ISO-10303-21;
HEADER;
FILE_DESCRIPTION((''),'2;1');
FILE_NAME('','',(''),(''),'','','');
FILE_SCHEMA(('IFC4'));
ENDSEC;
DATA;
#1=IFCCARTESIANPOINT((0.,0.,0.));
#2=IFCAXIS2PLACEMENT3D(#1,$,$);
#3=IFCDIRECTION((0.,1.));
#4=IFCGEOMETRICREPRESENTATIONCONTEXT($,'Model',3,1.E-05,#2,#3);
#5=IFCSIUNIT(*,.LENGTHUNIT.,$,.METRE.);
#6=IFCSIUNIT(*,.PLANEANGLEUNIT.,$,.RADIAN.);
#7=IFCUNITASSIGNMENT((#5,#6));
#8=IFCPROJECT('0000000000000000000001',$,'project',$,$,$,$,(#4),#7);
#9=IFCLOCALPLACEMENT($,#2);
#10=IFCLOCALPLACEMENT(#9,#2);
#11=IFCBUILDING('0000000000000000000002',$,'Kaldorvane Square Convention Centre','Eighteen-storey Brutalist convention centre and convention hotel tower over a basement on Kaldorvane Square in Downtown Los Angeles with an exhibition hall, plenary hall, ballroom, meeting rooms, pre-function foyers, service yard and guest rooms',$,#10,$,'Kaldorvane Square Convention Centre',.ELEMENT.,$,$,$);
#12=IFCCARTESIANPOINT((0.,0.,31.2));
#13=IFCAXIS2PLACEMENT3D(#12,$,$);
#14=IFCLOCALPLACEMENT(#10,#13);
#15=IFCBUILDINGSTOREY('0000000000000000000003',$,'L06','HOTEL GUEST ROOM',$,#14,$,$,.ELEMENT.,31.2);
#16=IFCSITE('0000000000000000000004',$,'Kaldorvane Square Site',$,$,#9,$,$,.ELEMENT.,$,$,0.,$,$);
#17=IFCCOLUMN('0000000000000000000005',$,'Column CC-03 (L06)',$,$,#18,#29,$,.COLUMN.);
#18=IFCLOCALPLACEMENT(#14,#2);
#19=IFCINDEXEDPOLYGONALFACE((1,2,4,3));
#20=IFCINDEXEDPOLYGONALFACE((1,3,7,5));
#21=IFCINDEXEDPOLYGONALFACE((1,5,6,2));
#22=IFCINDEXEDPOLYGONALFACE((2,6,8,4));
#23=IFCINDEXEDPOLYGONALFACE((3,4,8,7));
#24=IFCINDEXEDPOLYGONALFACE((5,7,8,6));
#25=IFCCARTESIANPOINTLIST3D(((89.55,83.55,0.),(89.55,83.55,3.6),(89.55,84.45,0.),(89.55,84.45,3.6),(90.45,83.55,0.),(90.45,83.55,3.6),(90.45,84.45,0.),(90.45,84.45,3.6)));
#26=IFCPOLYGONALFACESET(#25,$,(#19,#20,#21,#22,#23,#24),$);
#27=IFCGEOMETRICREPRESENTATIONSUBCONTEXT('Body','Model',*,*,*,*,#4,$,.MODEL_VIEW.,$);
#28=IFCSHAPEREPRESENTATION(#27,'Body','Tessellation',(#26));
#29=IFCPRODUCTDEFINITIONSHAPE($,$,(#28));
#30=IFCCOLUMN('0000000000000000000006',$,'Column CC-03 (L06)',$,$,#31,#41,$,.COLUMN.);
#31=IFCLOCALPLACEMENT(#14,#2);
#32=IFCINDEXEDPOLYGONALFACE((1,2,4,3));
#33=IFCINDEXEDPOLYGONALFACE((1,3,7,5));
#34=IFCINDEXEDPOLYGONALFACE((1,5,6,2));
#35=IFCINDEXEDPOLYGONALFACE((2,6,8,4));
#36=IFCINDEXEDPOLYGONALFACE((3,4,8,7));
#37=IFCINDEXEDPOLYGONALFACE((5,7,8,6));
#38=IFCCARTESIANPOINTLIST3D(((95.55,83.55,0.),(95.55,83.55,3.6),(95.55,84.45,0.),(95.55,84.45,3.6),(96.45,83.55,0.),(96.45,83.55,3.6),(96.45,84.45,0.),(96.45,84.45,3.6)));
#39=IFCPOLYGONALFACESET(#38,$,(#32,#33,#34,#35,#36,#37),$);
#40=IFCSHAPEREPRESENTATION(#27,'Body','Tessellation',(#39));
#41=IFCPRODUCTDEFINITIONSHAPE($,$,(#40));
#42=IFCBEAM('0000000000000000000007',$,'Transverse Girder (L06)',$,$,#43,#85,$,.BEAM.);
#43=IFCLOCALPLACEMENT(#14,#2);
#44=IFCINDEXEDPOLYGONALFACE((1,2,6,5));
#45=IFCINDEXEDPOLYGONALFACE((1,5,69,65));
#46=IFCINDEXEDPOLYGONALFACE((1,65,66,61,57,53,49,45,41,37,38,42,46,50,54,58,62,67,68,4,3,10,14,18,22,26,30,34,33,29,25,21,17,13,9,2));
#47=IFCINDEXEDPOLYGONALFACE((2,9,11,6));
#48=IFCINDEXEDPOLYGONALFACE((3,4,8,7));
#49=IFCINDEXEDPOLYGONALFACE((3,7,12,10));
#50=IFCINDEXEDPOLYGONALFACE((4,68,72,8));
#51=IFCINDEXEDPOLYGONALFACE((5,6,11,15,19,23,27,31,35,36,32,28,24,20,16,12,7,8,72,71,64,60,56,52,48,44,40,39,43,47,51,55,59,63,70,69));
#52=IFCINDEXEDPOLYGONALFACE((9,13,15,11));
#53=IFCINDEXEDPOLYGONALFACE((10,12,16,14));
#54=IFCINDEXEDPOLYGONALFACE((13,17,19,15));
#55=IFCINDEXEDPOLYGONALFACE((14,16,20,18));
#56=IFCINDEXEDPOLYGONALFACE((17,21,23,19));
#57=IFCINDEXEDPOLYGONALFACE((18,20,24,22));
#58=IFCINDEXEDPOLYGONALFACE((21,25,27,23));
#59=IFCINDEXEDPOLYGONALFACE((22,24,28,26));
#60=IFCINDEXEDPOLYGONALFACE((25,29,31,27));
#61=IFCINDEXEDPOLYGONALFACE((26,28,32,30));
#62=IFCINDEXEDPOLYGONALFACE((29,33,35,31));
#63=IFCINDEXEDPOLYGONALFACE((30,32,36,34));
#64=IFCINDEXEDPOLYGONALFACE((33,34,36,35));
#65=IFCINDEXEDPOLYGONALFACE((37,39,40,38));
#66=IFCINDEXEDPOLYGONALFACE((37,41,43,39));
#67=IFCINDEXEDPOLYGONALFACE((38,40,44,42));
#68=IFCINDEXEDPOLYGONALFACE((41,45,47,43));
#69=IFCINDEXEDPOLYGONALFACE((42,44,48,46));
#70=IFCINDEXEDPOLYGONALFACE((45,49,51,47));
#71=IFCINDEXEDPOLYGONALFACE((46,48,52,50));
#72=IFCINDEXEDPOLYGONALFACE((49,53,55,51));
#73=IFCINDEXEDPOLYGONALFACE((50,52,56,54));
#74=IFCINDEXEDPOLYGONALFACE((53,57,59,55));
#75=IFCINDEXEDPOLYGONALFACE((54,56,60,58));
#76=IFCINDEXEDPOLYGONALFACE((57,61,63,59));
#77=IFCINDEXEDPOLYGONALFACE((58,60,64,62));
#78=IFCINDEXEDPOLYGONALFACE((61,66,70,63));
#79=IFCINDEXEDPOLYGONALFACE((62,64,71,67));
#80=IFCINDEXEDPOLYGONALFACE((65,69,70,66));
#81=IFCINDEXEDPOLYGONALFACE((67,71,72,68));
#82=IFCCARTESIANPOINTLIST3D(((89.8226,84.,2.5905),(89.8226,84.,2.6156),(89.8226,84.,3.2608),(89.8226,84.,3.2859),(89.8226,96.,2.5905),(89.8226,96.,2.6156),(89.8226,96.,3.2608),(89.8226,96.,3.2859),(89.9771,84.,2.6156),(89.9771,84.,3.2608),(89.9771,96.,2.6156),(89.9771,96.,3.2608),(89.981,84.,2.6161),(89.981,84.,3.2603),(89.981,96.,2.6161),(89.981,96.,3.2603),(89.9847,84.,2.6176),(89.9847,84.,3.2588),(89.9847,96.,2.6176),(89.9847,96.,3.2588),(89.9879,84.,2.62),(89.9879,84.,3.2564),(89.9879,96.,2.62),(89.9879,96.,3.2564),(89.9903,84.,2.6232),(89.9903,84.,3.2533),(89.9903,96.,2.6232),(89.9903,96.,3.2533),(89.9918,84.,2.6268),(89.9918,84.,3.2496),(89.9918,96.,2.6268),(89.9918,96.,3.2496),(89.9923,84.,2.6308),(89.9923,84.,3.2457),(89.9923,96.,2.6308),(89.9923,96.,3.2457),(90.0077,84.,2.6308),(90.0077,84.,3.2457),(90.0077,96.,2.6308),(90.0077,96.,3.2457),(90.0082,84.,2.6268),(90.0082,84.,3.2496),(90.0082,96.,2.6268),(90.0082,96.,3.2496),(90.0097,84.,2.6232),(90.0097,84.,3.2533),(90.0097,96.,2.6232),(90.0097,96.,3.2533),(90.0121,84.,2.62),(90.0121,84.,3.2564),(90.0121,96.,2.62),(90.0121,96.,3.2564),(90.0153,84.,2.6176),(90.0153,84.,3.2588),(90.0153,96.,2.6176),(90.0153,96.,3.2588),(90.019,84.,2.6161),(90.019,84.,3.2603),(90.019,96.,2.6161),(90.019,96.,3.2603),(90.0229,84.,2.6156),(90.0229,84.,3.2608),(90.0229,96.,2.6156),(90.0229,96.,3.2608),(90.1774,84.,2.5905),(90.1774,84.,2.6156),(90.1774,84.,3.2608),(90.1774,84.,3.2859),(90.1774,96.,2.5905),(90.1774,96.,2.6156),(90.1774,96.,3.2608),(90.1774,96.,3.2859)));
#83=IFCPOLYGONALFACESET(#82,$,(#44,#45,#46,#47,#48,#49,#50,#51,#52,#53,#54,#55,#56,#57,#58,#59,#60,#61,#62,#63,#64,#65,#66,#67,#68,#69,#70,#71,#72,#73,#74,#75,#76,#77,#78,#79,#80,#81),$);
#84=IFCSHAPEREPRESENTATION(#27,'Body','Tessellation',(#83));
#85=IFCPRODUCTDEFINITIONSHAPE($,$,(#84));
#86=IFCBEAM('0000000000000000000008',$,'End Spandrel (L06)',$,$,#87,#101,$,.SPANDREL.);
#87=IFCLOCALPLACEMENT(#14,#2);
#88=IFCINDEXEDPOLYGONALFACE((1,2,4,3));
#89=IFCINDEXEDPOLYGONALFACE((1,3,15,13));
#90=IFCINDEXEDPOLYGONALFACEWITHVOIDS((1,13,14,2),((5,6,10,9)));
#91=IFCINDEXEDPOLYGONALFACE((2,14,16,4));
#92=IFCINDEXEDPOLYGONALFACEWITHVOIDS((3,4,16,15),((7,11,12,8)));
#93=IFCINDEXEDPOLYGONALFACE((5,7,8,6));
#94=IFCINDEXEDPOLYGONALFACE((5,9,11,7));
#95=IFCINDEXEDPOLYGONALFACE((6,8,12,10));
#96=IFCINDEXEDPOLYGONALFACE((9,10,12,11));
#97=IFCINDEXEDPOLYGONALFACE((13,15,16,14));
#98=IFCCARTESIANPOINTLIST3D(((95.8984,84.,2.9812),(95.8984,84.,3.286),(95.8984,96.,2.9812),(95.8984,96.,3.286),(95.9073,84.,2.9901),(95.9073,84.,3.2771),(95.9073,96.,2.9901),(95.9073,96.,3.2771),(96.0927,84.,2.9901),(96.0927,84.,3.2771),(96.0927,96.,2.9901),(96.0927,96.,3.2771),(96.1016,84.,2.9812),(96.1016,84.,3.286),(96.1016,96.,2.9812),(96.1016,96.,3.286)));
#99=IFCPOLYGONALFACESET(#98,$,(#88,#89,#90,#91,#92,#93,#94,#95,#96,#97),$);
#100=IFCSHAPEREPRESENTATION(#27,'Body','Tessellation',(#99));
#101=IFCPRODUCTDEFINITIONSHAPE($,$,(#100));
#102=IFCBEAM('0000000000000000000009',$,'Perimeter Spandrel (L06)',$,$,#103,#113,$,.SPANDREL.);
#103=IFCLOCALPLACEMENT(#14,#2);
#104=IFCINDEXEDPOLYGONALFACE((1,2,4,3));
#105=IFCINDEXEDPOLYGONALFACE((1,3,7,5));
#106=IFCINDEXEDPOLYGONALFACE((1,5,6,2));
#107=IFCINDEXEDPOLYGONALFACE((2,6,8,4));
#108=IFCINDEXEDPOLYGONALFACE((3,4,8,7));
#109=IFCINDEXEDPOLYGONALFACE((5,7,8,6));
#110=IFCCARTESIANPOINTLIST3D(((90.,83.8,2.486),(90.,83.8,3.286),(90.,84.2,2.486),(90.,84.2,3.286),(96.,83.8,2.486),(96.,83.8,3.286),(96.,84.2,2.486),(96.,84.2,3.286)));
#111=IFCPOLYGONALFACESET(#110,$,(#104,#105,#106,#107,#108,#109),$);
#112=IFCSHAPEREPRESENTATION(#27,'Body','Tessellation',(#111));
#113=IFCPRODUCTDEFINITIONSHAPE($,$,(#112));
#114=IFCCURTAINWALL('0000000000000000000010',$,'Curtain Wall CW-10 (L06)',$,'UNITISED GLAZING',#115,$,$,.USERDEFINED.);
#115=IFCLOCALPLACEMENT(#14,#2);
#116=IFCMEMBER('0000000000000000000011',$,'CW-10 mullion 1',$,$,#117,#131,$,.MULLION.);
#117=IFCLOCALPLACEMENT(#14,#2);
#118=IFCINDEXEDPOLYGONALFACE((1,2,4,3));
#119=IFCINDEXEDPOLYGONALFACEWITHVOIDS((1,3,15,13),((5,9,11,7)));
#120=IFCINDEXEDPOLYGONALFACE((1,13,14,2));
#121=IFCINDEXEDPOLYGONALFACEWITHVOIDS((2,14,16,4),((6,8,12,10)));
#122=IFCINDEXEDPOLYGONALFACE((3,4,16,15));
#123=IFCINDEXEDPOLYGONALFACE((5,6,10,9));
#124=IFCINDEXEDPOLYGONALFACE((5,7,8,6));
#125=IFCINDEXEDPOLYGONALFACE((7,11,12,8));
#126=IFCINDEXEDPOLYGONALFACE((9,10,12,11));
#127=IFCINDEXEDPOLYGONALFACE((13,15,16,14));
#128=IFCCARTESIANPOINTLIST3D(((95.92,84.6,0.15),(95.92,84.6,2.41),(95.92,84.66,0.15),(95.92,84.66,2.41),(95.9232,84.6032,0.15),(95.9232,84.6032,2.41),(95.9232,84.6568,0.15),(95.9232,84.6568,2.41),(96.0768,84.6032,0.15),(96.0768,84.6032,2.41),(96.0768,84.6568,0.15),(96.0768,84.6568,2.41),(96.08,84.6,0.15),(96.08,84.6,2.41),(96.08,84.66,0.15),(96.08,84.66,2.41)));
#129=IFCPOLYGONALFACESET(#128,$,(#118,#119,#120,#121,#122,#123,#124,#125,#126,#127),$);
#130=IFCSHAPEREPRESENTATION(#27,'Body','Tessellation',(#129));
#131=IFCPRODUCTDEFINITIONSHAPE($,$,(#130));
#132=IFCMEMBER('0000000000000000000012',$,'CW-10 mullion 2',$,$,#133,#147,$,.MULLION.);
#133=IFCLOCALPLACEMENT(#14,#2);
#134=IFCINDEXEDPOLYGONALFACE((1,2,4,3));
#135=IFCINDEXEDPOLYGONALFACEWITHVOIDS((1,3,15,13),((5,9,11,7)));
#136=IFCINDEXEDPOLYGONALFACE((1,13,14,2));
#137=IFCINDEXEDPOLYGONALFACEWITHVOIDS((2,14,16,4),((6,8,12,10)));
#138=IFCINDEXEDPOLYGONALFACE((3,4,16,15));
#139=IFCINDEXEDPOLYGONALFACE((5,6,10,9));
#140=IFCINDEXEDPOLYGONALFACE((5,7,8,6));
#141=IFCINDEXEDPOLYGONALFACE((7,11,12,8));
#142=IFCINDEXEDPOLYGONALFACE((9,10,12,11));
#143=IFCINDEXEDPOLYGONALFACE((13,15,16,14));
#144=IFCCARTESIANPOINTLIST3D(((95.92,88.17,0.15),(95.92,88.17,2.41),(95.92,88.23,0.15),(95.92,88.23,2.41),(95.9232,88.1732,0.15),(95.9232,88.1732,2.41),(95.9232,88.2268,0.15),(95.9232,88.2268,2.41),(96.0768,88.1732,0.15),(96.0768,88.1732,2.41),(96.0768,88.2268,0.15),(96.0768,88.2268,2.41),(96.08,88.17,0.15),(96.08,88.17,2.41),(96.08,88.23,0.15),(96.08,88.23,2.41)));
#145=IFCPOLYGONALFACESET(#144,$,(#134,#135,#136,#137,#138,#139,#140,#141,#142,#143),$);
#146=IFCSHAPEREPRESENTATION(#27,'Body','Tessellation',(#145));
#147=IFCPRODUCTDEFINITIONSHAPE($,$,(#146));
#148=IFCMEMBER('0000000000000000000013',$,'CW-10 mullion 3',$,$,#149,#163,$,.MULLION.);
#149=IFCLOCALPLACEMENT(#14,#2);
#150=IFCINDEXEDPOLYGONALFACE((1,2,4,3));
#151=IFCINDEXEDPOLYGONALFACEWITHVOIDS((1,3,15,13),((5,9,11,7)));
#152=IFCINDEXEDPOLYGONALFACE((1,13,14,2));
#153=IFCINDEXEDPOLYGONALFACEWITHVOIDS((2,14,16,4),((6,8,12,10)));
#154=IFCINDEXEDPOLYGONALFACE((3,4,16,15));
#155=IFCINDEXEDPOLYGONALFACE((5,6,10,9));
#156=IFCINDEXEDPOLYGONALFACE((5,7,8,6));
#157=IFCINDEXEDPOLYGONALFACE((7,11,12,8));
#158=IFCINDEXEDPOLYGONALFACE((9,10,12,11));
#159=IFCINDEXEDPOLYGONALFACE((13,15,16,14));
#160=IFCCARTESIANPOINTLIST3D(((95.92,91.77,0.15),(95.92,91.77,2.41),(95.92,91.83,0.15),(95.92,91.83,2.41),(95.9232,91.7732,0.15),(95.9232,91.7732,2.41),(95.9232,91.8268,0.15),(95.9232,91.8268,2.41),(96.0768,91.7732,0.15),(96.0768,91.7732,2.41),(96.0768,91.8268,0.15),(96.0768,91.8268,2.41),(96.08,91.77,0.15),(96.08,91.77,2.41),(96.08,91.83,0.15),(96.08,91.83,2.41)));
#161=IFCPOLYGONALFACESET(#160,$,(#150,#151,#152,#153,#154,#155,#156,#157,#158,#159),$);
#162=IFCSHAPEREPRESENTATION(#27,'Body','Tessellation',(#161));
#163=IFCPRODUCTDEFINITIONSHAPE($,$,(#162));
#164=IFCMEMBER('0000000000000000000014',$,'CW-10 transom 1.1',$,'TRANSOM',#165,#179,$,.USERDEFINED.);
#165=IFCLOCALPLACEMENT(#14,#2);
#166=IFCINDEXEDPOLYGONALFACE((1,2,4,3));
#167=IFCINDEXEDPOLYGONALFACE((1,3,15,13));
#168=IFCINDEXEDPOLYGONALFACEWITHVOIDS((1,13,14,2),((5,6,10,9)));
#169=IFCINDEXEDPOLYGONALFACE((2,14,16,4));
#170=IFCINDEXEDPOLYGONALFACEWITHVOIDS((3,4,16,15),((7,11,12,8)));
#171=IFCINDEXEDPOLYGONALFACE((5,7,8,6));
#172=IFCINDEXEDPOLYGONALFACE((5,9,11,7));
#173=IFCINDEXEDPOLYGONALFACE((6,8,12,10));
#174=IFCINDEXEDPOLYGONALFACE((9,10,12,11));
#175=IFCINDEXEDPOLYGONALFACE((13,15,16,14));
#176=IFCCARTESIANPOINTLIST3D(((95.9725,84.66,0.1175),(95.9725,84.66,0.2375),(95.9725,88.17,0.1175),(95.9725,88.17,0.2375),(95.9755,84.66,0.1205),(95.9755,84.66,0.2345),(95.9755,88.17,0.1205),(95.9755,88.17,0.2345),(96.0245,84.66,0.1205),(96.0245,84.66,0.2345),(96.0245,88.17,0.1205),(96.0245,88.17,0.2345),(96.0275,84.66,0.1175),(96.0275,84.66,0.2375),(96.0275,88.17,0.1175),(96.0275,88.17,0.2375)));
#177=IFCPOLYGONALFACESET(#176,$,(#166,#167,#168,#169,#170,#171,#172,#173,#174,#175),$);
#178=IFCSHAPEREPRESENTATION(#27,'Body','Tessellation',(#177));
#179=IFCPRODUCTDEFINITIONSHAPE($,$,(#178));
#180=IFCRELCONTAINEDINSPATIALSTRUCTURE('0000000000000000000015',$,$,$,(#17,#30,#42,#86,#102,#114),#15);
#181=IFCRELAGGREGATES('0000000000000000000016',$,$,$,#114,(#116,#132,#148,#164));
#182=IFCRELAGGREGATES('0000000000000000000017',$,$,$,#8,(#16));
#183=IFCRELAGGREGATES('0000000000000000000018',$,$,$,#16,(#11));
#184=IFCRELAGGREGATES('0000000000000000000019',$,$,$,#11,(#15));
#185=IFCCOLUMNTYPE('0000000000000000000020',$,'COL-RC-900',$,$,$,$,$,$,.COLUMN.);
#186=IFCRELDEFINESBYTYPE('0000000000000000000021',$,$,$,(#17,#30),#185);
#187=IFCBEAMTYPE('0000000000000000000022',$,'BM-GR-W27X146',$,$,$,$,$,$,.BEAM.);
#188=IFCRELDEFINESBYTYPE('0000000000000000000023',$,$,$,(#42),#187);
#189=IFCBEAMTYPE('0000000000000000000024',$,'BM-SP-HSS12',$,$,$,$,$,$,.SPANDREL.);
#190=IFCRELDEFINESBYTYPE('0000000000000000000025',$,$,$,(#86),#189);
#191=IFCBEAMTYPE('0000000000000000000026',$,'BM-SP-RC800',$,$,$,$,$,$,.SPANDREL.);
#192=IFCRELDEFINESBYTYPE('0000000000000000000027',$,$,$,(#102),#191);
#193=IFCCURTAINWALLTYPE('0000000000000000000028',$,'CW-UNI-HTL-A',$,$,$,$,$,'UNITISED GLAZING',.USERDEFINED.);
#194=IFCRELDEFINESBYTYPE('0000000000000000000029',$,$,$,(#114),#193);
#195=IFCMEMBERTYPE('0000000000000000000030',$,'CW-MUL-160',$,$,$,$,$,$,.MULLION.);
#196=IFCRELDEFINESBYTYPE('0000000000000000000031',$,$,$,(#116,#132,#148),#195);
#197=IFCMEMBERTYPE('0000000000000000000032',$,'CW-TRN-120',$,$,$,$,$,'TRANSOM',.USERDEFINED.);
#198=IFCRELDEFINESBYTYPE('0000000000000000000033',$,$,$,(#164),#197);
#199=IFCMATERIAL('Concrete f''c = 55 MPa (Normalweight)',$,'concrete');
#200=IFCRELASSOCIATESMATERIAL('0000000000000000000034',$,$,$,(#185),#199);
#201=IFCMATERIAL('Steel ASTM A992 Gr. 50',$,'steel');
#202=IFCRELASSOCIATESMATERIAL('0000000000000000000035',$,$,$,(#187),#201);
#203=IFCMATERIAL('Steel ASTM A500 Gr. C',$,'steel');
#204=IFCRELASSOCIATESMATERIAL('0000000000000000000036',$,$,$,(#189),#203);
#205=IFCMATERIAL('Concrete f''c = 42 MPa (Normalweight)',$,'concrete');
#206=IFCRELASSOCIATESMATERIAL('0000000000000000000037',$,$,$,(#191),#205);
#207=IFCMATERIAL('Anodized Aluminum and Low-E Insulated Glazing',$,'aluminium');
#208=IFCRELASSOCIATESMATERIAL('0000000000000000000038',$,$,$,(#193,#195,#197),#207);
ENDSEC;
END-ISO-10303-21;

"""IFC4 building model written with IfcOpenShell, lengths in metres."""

from ifc_helpers import new_model, si_unit, direction, frame, origin, origin_2d, place, context, subcontext, project, spatial, rectangle, hollow_rectangle, i_section, extrude, material, material_profile, profile_set, type_object, element, aggregate, save


model = new_model("IFC4")

# Units and contexts
model_context = context("Model", 3, precision=1e-05, world=origin(), true_north=direction((0.0, 1.0)))
body_context = subcontext(model_context, "Body", "Model", "MODEL_VIEW")
ifc_project = project(units=[si_unit("LENGTHUNIT", "METRE"), si_unit("PLANEANGLEUNIT", "RADIAN")], contexts=[model_context])

# Site, building, storey
site_placement = place(None, origin())
site = spatial("IfcSite", under=ifc_project, at=site_placement, Name="Kaldorvane Square Site", CompositionType="ELEMENT", RefElevation=0.0)
building_placement = place(site_placement, origin())
building = spatial("IfcBuilding", under=site, at=building_placement, Name="Kaldorvane Square Convention Centre", Description="Eighteen-storey Brutalist convention centre and convention hotel tower over a basement on Kaldorvane Square in Downtown Los Angeles with an exhibition hall, plenary hall, ballroom, meeting rooms, pre-function foyers, service yard and guest rooms", LongName="Kaldorvane Square Convention Centre", CompositionType="ELEMENT")
storey_placement = place(building_placement, frame((0.0, 0.0, 31.2)))
storey = spatial("IfcBuildingStorey", under=building, at=storey_placement, Name="L06", Description="HOTEL GUEST ROOM", CompositionType="ELEMENT", Elevation=31.2)

# Columns
ifc_material_1 = material(Name="Concrete f'c = 55 MPa (Normalweight)", Category="concrete")
ifc_material_profile_1 = material_profile(ifc_material_1, rectangle(XDim=0.9, YDim=0.9, at=origin_2d()), Name="RC900X900")
ifc_profile_set_1 = profile_set([ifc_material_profile_1], Name="Concrete f'c = 55 MPa (Normalweight)")
column_type = type_object("IfcColumnType", Name="COL-RC-900", PredefinedType="COLUMN", material=ifc_profile_set_1)
for number, where, z_axis, x_axis, name in (
    (1, (90.0, 84.0, 0.0), (0.0, 0.0, 1.0), (1.0, 0.0, 0.0), "Column CC-03 (L06)"),
    (2, (96.0, 84.0, 0.0), (0.0, 0.0, 1.0), (1.0, 0.0, 0.0), "Column CC-03 (L06)"),
):
    element("IfcColumn", number, at=place(storey_placement, frame(where, z_axis=z_axis, x_axis=x_axis)), inside=storey, type_object=column_type, Name=name, PredefinedType="COLUMN", context=body_context, shape_type="SweptSolid", body=[
        extrude(rectangle(XDim=0.9, YDim=0.9, at=origin_2d()), origin(), (0.0, 0.0, 1.0), 3.6),
    ])

# Beams
ifc_material_2 = material(Name="Steel ASTM A992 Gr. 50", Category="steel")
ifc_material_profile_2 = material_profile(ifc_material_2, i_section(OverallWidth=0.3547, OverallDepth=0.6955, WebThickness=0.0154, FlangeThickness=0.0251, FilletRadius=0.0152, at=origin_2d()), Name="W27X146")
ifc_profile_set_2 = profile_set([ifc_material_profile_2], Name="Steel ASTM A992 Gr. 50")
beam_type_1 = type_object("IfcBeamType", Name="BM-GR-W27X146", PredefinedType="BEAM", material=ifc_profile_set_2)
beam_1_placement = place(storey_placement, frame((90.0, 84.0, 2.9382), z_axis=(0.0, 1.0, 0.0), x_axis=(-1.0, 0.0, 0.0)))
element("IfcBeam", 3, at=beam_1_placement, inside=storey, type_object=beam_type_1, Name="Transverse Girder (L06)", PredefinedType="BEAM", context=body_context, shape_type="SweptSolid", body=[
    extrude(i_section(OverallWidth=0.3547, OverallDepth=0.6955, WebThickness=0.0154, FlangeThickness=0.0251, FilletRadius=0.0152, at=origin_2d()), origin(), (0.0, 0.0, 1.0), 12.0),
])
ifc_material_3 = material(Name="Steel ASTM A500 Gr. C", Category="steel")
ifc_material_profile_3 = material_profile(ifc_material_3, hollow_rectangle(XDim=0.2032, YDim=0.3048, WallThickness=0.0089, at=origin_2d()), Name="HSS12X8X3/8")
ifc_profile_set_3 = profile_set([ifc_material_profile_3], Name="Steel ASTM A500 Gr. C")
beam_type_2 = type_object("IfcBeamType", Name="BM-SP-HSS12", PredefinedType="SPANDREL", material=ifc_profile_set_3)
beam_2_placement = place(storey_placement, frame((96.0, 84.0, 3.1336), z_axis=(0.0, 1.0, 0.0), x_axis=(-1.0, 0.0, 0.0)))
element("IfcBeam", 4, at=beam_2_placement, inside=storey, type_object=beam_type_2, Name="End Spandrel (L06)", PredefinedType="SPANDREL", context=body_context, shape_type="SweptSolid", body=[
    extrude(hollow_rectangle(XDim=0.2032, YDim=0.3048, WallThickness=0.0089, at=origin_2d()), origin(), (0.0, 0.0, 1.0), 12.0),
])
ifc_material_4 = material(Name="Concrete f'c = 42 MPa (Normalweight)", Category="concrete")
ifc_material_profile_4 = material_profile(ifc_material_4, rectangle(XDim=0.4, YDim=0.8, at=origin_2d()), Name="RCSP800X400")
ifc_profile_set_4 = profile_set([ifc_material_profile_4], Name="Concrete f'c = 42 MPa (Normalweight)")
beam_type_3 = type_object("IfcBeamType", Name="BM-SP-RC800", PredefinedType="SPANDREL", material=ifc_profile_set_4)
beam_3_placement = place(storey_placement, frame((90.0, 84.0, 2.886), z_axis=(1.0, 0.0, 0.0), x_axis=(0.0, 1.0, 0.0)))
element("IfcBeam", 5, at=beam_3_placement, inside=storey, type_object=beam_type_3, Name="Perimeter Spandrel (L06)", PredefinedType="SPANDREL", context=body_context, shape_type="SweptSolid", body=[
    extrude(rectangle(XDim=0.4, YDim=0.8, at=origin_2d()), origin(), (0.0, 0.0, 1.0), 6.0),
])

# Curtain wall, members
ifc_material_5 = material(Name="Anodized Aluminum and Low-E Insulated Glazing", Category="aluminium")
curtain_wall_type = type_object("IfcCurtainWallType", Name="CW-UNI-HTL-A", ElementType="UNITISED GLAZING", PredefinedType="USERDEFINED", material=ifc_material_5)
curtain_wall_placement = place(storey_placement, origin())
curtain_wall = element("IfcCurtainWall", 6, at=curtain_wall_placement, inside=storey, type_object=curtain_wall_type, Name="Curtain Wall CW-10 (L06)", ObjectType="UNITISED GLAZING", PredefinedType="USERDEFINED")
ifc_material_profile_5 = material_profile(ifc_material_5, hollow_rectangle(XDim=0.06, YDim=0.16, WallThickness=0.0032, at=origin_2d()), Name="CWM-160X60")
ifc_profile_set_5 = profile_set([ifc_material_profile_5], Name="Anodized Aluminum and Low-E Insulated Glazing")
member_type_1 = type_object("IfcMemberType", Name="CW-MUL-160", PredefinedType="MULLION", material=ifc_profile_set_5)
member_1_placement = place(storey_placement, frame((96.0, 84.63, 0.15), z_axis=(0.0, 0.0, 1.0), x_axis=(0.0, 1.0, 0.0)))
member_1 = element("IfcMember", 7, at=member_1_placement, type_object=member_type_1, Name="CW-10 mullion 1", PredefinedType="MULLION", context=body_context, shape_type="SweptSolid", body=[
    extrude(hollow_rectangle(XDim=0.06, YDim=0.16, WallThickness=0.0032, at=origin_2d()), origin(), (0.0, 0.0, 1.0), 2.26),
])
member_2_placement = place(storey_placement, frame((96.0, 88.2, 0.15), z_axis=(0.0, 0.0, 1.0), x_axis=(0.0, 1.0, 0.0)))
member_2 = element("IfcMember", 8, at=member_2_placement, type_object=member_type_1, Name="CW-10 mullion 2", PredefinedType="MULLION", context=body_context, shape_type="SweptSolid", body=[
    extrude(hollow_rectangle(XDim=0.06, YDim=0.16, WallThickness=0.0032, at=origin_2d()), origin(), (0.0, 0.0, 1.0), 2.26),
])
member_3_placement = place(storey_placement, frame((96.0, 91.8, 0.15), z_axis=(0.0, 0.0, 1.0), x_axis=(0.0, 1.0, 0.0)))
member_3 = element("IfcMember", 9, at=member_3_placement, type_object=member_type_1, Name="CW-10 mullion 3", PredefinedType="MULLION", context=body_context, shape_type="SweptSolid", body=[
    extrude(hollow_rectangle(XDim=0.06, YDim=0.16, WallThickness=0.0032, at=origin_2d()), origin(), (0.0, 0.0, 1.0), 2.26),
])
ifc_material_profile_6 = material_profile(ifc_material_5, hollow_rectangle(XDim=0.055, YDim=0.12, WallThickness=0.003, at=origin_2d()), Name="CWT-120X55")
ifc_profile_set_6 = profile_set([ifc_material_profile_6], Name="Anodized Aluminum and Low-E Insulated Glazing")
member_type_2 = type_object("IfcMemberType", Name="CW-TRN-120", ElementType="TRANSOM", PredefinedType="USERDEFINED", material=ifc_profile_set_6)
member_4_placement = place(storey_placement, frame((96.0, 84.66, 0.1775), z_axis=(0.0, 1.0, 0.0), x_axis=(-1.0, 0.0, 0.0)))
member_4 = element("IfcMember", 10, at=member_4_placement, type_object=member_type_2, Name="CW-10 transom 1.1", ObjectType="TRANSOM", PredefinedType="USERDEFINED", context=body_context, shape_type="SweptSolid", body=[
    extrude(hollow_rectangle(XDim=0.055, YDim=0.12, WallThickness=0.003, at=origin_2d()), origin(), (0.0, 0.0, 1.0), 3.51),
])
aggregate(curtain_wall, [member_1, member_2, member_3, member_4])

save(model, "model.ifc")
